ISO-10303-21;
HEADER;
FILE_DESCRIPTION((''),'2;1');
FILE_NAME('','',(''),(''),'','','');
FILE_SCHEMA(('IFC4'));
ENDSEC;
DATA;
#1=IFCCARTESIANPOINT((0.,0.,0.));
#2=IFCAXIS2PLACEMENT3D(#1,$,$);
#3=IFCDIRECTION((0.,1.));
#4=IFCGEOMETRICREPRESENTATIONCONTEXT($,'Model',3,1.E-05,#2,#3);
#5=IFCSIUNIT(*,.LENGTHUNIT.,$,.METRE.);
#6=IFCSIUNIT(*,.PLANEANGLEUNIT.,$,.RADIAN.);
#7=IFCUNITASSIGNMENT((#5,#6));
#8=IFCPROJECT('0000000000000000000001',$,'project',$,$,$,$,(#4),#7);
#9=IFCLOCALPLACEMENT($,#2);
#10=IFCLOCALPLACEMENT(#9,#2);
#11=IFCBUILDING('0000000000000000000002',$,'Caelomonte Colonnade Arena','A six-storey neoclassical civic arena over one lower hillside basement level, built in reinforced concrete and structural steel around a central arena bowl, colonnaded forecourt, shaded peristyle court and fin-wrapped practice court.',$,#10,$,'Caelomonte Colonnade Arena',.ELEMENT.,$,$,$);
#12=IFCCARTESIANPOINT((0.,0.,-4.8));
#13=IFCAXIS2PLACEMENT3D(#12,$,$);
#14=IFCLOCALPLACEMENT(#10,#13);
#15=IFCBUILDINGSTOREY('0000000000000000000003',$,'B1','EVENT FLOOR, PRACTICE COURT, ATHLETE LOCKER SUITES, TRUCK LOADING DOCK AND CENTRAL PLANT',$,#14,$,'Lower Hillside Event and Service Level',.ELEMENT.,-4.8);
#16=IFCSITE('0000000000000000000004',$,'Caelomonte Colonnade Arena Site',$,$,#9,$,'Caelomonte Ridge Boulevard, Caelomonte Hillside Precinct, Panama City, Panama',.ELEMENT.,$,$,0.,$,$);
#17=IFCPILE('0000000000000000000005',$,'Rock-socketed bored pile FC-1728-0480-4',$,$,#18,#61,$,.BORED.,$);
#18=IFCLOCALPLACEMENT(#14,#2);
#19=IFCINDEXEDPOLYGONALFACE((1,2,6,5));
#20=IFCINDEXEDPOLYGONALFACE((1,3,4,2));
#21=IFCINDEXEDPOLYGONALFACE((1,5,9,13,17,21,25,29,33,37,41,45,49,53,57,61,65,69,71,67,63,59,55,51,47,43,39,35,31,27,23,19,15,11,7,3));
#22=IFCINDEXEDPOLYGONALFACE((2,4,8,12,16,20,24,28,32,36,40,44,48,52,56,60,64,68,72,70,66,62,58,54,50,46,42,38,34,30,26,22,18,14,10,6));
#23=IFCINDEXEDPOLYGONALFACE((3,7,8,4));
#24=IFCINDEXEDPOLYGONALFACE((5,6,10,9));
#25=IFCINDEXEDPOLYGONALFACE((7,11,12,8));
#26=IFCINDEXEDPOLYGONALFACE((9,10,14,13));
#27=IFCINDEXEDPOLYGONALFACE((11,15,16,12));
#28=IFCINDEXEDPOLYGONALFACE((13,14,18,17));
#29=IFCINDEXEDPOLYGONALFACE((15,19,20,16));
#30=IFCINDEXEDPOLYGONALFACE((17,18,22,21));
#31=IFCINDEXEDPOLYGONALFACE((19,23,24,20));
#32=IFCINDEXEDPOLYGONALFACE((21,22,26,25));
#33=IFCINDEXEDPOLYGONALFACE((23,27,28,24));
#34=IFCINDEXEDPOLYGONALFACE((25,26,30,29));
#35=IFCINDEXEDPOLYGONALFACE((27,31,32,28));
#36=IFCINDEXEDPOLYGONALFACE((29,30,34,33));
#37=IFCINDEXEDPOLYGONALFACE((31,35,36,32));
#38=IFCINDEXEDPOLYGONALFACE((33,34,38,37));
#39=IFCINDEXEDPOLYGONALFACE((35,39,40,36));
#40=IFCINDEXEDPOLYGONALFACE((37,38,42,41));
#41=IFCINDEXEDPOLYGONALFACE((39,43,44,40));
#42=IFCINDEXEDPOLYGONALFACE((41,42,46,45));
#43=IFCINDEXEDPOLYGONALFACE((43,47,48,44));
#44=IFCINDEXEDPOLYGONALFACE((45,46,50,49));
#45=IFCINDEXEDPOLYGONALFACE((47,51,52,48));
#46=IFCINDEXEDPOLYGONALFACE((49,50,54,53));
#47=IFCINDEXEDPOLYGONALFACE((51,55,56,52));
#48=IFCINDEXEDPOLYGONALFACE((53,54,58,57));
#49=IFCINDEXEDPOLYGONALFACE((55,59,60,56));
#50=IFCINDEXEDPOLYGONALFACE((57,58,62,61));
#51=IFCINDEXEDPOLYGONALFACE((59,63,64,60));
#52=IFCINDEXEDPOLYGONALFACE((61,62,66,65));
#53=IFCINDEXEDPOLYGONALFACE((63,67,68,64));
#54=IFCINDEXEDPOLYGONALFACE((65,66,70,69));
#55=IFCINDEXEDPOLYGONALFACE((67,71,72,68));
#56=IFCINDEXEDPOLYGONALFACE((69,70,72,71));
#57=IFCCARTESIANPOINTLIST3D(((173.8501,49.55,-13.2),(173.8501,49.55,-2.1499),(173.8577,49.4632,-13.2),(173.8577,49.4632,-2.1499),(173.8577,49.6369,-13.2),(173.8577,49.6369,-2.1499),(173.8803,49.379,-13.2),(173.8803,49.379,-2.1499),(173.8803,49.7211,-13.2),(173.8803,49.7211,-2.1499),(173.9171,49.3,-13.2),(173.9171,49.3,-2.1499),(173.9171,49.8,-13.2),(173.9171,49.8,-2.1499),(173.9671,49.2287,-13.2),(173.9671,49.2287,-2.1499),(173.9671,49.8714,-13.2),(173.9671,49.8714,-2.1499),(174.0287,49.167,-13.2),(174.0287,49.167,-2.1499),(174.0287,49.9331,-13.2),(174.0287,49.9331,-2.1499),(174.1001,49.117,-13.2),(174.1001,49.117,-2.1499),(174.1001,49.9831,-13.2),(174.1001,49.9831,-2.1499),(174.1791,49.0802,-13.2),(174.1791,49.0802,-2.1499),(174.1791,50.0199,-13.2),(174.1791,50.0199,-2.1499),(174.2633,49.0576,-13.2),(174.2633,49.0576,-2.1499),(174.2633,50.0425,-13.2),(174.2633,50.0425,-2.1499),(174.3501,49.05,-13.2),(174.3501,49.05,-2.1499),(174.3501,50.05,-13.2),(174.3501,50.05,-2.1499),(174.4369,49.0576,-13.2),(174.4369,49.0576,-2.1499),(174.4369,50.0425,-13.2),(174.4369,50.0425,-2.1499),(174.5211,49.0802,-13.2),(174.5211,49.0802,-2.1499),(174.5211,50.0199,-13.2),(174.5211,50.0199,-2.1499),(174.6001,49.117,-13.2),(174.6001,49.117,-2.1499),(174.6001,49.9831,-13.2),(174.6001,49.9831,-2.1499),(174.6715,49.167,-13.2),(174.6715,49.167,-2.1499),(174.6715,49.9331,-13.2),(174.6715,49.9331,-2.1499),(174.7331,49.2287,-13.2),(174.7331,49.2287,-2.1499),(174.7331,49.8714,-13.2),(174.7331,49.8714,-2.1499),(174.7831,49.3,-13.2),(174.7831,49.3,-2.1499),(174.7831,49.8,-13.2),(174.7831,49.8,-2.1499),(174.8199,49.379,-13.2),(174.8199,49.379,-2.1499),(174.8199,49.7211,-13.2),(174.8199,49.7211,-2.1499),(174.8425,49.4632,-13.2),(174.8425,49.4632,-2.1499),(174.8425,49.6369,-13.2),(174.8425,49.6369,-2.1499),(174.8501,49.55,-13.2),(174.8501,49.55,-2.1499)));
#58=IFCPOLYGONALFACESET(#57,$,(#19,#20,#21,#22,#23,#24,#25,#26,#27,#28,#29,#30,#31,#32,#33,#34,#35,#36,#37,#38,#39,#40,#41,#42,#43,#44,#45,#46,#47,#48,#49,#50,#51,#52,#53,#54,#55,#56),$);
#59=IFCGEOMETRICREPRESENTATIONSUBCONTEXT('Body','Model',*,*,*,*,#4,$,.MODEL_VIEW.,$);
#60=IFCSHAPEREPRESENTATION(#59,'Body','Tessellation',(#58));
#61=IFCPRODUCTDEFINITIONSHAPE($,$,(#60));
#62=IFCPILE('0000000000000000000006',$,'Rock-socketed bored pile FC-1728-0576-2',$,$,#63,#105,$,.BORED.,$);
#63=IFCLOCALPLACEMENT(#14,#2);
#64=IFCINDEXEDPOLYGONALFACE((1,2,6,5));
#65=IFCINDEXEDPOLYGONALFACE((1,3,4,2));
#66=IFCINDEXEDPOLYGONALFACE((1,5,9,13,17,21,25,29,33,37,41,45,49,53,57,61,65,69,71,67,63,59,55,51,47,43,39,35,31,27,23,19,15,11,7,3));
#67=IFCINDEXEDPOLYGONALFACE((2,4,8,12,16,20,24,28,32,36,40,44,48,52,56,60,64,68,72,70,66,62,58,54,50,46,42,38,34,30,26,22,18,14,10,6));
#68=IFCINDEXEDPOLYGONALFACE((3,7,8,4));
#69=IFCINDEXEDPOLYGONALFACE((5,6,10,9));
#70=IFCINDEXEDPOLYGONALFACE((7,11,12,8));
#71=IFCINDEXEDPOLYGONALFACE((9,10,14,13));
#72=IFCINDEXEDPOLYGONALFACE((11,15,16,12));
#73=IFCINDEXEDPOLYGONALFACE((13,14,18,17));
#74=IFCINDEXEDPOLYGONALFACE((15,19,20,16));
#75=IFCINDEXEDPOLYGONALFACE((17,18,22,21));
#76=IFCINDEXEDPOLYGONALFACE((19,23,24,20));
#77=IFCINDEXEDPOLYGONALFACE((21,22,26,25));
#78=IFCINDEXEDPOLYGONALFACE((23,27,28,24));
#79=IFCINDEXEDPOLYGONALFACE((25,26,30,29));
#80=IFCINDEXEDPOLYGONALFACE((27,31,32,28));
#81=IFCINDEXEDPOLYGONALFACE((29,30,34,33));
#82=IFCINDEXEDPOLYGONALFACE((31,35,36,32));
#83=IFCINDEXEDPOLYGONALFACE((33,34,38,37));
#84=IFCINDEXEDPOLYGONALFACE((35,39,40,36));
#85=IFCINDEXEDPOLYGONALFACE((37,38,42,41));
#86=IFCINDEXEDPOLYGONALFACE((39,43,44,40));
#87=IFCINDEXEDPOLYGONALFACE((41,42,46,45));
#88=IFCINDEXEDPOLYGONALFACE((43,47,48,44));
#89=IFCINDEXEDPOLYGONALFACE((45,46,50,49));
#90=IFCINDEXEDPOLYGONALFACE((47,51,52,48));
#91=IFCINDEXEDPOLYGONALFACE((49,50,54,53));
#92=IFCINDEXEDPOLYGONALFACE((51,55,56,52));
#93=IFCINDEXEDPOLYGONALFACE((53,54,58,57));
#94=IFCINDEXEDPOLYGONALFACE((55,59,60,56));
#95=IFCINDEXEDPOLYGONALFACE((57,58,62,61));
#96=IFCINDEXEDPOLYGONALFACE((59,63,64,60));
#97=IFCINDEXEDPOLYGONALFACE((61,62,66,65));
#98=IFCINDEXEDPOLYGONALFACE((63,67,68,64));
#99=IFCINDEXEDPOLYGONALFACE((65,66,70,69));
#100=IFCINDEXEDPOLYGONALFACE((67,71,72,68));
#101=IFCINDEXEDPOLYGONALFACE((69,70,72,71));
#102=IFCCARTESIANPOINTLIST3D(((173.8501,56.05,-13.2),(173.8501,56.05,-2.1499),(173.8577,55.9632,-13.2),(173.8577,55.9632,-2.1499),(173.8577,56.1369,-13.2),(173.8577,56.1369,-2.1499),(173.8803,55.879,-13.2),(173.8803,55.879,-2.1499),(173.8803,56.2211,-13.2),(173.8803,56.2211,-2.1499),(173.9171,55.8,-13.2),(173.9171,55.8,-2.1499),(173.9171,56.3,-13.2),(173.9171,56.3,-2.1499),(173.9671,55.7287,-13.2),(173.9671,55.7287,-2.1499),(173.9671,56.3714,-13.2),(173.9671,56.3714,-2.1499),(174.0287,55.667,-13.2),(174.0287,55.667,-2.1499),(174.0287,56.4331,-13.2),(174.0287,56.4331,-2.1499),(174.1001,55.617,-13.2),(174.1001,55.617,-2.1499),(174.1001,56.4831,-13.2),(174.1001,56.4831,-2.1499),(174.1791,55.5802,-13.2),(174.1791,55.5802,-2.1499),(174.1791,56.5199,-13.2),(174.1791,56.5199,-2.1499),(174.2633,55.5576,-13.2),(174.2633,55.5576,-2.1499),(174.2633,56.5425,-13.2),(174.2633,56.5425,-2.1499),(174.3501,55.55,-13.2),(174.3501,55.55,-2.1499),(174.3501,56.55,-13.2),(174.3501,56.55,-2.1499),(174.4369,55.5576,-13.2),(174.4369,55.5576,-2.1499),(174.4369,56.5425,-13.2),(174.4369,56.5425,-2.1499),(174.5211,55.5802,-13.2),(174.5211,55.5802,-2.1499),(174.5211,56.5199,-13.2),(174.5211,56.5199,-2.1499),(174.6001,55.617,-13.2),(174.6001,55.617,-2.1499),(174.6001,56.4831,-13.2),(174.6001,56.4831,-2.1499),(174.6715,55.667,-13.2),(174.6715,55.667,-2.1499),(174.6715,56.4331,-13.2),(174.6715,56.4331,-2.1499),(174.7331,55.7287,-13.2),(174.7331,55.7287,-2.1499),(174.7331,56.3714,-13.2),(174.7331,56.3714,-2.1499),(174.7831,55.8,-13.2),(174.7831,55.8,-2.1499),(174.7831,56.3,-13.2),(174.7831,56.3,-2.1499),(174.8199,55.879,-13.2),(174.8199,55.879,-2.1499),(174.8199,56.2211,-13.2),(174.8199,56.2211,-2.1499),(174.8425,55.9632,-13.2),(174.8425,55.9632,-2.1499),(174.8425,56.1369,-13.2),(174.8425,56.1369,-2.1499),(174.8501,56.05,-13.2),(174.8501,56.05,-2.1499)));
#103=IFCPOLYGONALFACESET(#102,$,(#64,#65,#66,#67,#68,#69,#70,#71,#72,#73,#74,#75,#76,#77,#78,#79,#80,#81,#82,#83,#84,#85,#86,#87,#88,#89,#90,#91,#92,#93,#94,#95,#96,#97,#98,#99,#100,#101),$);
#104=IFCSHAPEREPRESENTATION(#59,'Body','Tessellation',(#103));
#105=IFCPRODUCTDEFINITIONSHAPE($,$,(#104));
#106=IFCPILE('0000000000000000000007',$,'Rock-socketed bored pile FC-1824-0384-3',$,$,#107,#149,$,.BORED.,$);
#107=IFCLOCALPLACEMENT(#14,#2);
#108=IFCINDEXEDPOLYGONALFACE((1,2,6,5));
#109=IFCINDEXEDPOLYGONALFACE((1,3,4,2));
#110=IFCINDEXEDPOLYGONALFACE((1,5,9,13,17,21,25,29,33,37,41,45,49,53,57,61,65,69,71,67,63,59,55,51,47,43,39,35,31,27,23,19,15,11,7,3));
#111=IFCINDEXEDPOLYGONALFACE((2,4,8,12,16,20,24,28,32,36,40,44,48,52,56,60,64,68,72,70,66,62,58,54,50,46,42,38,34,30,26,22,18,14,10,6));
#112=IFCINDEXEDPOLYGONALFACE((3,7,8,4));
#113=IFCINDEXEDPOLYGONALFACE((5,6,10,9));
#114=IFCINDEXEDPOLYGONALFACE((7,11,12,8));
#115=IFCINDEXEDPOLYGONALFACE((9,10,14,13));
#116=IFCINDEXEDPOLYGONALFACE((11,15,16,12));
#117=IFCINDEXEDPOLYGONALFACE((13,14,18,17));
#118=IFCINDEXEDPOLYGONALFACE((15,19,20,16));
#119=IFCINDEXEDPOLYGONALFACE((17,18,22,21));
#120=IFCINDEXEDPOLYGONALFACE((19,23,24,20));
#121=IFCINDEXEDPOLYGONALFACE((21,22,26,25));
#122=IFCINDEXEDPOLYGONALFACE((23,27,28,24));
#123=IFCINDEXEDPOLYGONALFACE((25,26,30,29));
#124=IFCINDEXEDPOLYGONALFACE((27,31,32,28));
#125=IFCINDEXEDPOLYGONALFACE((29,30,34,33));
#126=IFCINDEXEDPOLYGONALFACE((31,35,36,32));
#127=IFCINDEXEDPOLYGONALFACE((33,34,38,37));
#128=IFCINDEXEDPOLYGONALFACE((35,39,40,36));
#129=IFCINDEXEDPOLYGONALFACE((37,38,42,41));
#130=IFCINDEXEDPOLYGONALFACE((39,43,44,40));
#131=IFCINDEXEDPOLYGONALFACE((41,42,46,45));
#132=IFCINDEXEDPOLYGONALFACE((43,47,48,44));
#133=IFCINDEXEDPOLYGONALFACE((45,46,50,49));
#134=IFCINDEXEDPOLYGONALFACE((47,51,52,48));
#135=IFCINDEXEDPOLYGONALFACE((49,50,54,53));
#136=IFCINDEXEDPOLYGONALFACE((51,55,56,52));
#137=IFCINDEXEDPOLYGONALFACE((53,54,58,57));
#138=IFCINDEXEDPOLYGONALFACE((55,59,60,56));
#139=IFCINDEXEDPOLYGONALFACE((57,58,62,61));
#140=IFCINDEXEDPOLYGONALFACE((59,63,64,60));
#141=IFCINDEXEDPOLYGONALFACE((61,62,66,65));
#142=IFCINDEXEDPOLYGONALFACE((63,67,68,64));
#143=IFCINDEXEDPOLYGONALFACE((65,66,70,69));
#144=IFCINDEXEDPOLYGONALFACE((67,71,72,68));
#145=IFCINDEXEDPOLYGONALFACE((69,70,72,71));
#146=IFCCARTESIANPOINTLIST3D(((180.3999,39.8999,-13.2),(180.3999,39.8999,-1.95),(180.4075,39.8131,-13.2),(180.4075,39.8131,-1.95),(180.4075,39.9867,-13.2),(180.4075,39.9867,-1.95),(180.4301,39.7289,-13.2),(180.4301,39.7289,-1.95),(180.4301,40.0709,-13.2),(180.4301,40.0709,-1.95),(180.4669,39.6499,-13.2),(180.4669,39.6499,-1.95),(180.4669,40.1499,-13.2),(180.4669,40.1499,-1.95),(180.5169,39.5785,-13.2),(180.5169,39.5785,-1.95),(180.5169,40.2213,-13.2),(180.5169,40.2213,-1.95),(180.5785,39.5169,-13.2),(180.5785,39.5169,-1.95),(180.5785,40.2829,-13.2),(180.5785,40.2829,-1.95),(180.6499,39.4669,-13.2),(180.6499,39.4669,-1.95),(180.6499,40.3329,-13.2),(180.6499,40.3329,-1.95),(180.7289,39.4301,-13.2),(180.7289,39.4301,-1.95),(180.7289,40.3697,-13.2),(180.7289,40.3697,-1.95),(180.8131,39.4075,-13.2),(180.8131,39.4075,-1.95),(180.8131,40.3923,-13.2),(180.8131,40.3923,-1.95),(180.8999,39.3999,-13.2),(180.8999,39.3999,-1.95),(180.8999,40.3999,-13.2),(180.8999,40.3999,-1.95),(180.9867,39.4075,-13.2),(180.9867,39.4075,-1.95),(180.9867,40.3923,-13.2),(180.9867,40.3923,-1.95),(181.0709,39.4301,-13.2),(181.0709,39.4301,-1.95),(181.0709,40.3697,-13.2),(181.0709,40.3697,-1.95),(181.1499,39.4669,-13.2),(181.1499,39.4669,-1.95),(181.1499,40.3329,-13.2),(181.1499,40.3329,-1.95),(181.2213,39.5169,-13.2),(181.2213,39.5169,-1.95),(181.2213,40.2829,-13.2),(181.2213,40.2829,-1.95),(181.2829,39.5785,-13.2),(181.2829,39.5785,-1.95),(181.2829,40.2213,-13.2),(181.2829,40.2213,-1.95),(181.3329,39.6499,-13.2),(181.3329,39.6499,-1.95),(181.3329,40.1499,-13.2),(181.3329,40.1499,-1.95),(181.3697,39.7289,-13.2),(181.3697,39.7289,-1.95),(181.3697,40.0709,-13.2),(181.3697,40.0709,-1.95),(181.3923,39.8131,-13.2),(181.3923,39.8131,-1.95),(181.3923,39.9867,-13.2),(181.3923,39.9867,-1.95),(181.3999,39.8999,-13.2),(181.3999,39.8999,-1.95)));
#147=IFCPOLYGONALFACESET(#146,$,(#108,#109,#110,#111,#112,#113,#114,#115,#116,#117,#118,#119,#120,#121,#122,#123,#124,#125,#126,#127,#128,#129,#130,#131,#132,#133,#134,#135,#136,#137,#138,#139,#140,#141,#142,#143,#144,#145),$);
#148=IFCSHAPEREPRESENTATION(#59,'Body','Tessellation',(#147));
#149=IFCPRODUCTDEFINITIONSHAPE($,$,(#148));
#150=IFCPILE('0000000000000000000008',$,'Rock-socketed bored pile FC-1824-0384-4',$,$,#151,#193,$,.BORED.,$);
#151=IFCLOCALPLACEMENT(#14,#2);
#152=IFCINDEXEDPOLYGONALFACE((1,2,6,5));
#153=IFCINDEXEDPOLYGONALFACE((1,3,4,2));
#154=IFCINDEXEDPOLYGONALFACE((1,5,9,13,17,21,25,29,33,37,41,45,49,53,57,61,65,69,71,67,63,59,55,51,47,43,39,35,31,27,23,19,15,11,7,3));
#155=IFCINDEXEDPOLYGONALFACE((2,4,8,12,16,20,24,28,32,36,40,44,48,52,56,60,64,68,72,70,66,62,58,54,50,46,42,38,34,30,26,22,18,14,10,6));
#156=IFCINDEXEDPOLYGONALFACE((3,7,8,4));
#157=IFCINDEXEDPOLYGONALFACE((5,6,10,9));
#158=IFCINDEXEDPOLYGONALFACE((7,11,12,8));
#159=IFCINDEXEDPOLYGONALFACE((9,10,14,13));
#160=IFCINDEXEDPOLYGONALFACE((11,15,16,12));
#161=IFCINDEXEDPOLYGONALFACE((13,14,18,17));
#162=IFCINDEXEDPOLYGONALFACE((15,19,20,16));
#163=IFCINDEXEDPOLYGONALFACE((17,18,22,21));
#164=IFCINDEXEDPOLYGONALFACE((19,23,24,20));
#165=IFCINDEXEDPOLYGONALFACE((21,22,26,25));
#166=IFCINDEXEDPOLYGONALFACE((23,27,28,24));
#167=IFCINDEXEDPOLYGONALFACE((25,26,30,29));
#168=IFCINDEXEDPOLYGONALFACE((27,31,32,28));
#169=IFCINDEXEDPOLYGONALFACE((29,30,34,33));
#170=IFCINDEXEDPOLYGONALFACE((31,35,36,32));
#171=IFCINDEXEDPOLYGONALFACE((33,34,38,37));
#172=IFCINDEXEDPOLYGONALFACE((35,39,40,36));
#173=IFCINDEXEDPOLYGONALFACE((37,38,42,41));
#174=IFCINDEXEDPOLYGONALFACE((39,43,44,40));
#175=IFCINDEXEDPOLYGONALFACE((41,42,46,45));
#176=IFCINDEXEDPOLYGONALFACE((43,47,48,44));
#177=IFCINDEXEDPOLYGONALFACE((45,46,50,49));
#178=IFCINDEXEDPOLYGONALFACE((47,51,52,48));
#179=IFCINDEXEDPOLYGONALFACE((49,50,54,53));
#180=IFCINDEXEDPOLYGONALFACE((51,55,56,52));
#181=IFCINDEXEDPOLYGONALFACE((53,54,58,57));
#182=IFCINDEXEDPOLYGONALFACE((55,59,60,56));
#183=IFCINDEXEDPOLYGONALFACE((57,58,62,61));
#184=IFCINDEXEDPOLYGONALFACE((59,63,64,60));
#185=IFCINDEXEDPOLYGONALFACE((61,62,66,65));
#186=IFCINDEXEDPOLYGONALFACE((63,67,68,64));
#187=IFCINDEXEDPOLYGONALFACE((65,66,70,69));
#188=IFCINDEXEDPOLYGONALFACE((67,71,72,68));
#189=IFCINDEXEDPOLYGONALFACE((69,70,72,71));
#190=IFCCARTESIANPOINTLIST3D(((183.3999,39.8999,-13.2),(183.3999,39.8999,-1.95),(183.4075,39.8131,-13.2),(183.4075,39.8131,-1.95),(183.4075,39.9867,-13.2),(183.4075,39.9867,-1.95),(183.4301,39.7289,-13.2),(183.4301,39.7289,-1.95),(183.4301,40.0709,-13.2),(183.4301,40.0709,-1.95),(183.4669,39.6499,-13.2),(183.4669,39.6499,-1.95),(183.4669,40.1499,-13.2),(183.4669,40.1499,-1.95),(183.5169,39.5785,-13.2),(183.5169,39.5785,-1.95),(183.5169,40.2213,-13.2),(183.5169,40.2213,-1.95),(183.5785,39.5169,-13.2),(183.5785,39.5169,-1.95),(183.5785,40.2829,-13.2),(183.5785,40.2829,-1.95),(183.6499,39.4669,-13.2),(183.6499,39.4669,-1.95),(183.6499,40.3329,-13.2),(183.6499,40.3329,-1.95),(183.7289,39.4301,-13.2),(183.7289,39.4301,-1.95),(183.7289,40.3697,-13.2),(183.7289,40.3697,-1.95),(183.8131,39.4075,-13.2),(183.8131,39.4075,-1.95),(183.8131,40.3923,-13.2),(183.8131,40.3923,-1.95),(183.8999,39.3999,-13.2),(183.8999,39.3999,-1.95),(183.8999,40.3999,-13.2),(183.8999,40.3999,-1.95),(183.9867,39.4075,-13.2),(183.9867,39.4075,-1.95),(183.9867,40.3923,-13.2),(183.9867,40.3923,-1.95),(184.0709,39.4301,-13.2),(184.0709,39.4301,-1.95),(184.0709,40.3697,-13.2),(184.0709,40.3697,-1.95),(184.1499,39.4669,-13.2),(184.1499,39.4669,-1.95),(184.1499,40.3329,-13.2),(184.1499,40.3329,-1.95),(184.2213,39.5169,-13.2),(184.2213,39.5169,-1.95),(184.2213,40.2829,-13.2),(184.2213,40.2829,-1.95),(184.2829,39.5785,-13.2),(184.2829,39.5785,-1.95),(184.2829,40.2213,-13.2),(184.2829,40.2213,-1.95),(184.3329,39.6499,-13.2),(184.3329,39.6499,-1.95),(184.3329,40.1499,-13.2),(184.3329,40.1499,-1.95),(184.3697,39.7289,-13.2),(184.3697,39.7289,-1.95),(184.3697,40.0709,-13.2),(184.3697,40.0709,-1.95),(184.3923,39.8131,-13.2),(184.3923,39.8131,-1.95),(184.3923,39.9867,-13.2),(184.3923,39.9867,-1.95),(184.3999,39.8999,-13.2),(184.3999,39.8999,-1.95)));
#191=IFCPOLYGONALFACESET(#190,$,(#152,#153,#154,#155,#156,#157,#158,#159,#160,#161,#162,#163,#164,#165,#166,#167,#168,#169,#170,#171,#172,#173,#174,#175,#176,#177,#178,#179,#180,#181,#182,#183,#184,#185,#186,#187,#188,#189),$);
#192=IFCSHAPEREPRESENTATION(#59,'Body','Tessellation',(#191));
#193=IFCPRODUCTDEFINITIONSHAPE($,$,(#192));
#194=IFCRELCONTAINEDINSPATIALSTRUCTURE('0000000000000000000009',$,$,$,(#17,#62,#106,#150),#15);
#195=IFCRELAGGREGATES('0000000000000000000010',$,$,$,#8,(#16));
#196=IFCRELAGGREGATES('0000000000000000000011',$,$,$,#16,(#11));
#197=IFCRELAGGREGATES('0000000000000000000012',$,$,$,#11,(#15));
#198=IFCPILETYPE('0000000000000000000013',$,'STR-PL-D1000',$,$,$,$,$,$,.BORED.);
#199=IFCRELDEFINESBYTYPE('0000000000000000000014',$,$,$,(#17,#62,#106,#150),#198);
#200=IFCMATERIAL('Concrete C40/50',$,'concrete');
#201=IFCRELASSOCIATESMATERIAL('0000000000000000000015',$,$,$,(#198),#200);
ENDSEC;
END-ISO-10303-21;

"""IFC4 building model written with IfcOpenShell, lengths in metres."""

from ifc_helpers import new_model, si_unit, direction, frame, origin, origin_2d, place, context, subcontext, project, spatial, circle, extrude, material, material_profile, profile_set, type_object, element, save


model = new_model("IFC4")

# Units and contexts
model_context = context("Model", 3, precision=1e-05, world=origin(), true_north=direction((0.0, 1.0)))
body_context = subcontext(model_context, "Body", "Model", "MODEL_VIEW")
ifc_project = project(units=[si_unit("LENGTHUNIT", "METRE"), si_unit("PLANEANGLEUNIT", "RADIAN")], contexts=[model_context])

# Site, building, storey
site_placement = place(None, origin())
site = spatial("IfcSite", under=ifc_project, at=site_placement, Name="Caelomonte Colonnade Arena Site", LongName="Caelomonte Ridge Boulevard, Caelomonte Hillside Precinct, Panama City, Panama", CompositionType="ELEMENT", RefElevation=0.0)
building_placement = place(site_placement, origin())
building = spatial("IfcBuilding", under=site, at=building_placement, Name="Caelomonte Colonnade Arena", Description="A six-storey neoclassical civic arena over one lower hillside basement level, built in reinforced concrete and structural steel around a central arena bowl, colonnaded forecourt, shaded peristyle court and fin-wrapped practice court.", LongName="Caelomonte Colonnade Arena", CompositionType="ELEMENT")
storey_placement = place(building_placement, frame((0.0, 0.0, -4.8)))
storey = spatial("IfcBuildingStorey", under=building, at=storey_placement, Name="B1", Description="EVENT FLOOR, PRACTICE COURT, ATHLETE LOCKER SUITES, TRUCK LOADING DOCK AND CENTRAL PLANT", LongName="Lower Hillside Event and Service Level", CompositionType="ELEMENT", Elevation=-4.8)

# Shared definitions
ifc_material_1 = material(Name="Concrete C40/50", Category="concrete")

# Piles
ifc_material_profile_1 = material_profile(ifc_material_1, circle(Radius=0.5, at=origin_2d()), Name="PILE-D1000")
ifc_profile_set_1 = profile_set([ifc_material_profile_1], Name="Concrete C40/50")
pile_type = type_object("IfcPileType", Name="STR-PL-D1000", PredefinedType="BORED", material=ifc_profile_set_1)
for number, where, z_axis, x_axis, name in (
    (1, (174.3501, 49.55, -2.1499), (0.0, 0.0, -1.0), (1.0, 0.0, 0.0), "Rock-socketed bored pile FC-1728-0480-4"),
    (2, (174.3501, 56.05, -2.1499), (0.0, 0.0, -1.0), (1.0, 0.0, 0.0), "Rock-socketed bored pile FC-1728-0576-2"),
):
    element("IfcPile", number, at=place(storey_placement, frame(where, z_axis=z_axis, x_axis=x_axis)), inside=storey, type_object=pile_type, Name=name, PredefinedType="BORED", context=body_context, shape_type="SweptSolid", body=[
        extrude(circle(Radius=0.5, at=origin_2d()), origin(), (0.0, 0.0, 1.0), 11.05),
    ])
for number, where, z_axis, x_axis, name in (
    (3, (180.8999, 39.8999, -1.95), (0.0, 0.0, -1.0), (1.0, 0.0, 0.0), "Rock-socketed bored pile FC-1824-0384-3"),
    (4, (183.8999, 39.8999, -1.95), (0.0, 0.0, -1.0), (1.0, 0.0, 0.0), "Rock-socketed bored pile FC-1824-0384-4"),
):
    element("IfcPile", number, at=place(storey_placement, frame(where, z_axis=z_axis, x_axis=x_axis)), inside=storey, type_object=pile_type, Name=name, PredefinedType="BORED", context=body_context, shape_type="SweptSolid", body=[
        extrude(circle(Radius=0.5, at=origin_2d()), origin(), (0.0, 0.0, 1.0), 11.25),
    ])

save(model, "model.ifc")
